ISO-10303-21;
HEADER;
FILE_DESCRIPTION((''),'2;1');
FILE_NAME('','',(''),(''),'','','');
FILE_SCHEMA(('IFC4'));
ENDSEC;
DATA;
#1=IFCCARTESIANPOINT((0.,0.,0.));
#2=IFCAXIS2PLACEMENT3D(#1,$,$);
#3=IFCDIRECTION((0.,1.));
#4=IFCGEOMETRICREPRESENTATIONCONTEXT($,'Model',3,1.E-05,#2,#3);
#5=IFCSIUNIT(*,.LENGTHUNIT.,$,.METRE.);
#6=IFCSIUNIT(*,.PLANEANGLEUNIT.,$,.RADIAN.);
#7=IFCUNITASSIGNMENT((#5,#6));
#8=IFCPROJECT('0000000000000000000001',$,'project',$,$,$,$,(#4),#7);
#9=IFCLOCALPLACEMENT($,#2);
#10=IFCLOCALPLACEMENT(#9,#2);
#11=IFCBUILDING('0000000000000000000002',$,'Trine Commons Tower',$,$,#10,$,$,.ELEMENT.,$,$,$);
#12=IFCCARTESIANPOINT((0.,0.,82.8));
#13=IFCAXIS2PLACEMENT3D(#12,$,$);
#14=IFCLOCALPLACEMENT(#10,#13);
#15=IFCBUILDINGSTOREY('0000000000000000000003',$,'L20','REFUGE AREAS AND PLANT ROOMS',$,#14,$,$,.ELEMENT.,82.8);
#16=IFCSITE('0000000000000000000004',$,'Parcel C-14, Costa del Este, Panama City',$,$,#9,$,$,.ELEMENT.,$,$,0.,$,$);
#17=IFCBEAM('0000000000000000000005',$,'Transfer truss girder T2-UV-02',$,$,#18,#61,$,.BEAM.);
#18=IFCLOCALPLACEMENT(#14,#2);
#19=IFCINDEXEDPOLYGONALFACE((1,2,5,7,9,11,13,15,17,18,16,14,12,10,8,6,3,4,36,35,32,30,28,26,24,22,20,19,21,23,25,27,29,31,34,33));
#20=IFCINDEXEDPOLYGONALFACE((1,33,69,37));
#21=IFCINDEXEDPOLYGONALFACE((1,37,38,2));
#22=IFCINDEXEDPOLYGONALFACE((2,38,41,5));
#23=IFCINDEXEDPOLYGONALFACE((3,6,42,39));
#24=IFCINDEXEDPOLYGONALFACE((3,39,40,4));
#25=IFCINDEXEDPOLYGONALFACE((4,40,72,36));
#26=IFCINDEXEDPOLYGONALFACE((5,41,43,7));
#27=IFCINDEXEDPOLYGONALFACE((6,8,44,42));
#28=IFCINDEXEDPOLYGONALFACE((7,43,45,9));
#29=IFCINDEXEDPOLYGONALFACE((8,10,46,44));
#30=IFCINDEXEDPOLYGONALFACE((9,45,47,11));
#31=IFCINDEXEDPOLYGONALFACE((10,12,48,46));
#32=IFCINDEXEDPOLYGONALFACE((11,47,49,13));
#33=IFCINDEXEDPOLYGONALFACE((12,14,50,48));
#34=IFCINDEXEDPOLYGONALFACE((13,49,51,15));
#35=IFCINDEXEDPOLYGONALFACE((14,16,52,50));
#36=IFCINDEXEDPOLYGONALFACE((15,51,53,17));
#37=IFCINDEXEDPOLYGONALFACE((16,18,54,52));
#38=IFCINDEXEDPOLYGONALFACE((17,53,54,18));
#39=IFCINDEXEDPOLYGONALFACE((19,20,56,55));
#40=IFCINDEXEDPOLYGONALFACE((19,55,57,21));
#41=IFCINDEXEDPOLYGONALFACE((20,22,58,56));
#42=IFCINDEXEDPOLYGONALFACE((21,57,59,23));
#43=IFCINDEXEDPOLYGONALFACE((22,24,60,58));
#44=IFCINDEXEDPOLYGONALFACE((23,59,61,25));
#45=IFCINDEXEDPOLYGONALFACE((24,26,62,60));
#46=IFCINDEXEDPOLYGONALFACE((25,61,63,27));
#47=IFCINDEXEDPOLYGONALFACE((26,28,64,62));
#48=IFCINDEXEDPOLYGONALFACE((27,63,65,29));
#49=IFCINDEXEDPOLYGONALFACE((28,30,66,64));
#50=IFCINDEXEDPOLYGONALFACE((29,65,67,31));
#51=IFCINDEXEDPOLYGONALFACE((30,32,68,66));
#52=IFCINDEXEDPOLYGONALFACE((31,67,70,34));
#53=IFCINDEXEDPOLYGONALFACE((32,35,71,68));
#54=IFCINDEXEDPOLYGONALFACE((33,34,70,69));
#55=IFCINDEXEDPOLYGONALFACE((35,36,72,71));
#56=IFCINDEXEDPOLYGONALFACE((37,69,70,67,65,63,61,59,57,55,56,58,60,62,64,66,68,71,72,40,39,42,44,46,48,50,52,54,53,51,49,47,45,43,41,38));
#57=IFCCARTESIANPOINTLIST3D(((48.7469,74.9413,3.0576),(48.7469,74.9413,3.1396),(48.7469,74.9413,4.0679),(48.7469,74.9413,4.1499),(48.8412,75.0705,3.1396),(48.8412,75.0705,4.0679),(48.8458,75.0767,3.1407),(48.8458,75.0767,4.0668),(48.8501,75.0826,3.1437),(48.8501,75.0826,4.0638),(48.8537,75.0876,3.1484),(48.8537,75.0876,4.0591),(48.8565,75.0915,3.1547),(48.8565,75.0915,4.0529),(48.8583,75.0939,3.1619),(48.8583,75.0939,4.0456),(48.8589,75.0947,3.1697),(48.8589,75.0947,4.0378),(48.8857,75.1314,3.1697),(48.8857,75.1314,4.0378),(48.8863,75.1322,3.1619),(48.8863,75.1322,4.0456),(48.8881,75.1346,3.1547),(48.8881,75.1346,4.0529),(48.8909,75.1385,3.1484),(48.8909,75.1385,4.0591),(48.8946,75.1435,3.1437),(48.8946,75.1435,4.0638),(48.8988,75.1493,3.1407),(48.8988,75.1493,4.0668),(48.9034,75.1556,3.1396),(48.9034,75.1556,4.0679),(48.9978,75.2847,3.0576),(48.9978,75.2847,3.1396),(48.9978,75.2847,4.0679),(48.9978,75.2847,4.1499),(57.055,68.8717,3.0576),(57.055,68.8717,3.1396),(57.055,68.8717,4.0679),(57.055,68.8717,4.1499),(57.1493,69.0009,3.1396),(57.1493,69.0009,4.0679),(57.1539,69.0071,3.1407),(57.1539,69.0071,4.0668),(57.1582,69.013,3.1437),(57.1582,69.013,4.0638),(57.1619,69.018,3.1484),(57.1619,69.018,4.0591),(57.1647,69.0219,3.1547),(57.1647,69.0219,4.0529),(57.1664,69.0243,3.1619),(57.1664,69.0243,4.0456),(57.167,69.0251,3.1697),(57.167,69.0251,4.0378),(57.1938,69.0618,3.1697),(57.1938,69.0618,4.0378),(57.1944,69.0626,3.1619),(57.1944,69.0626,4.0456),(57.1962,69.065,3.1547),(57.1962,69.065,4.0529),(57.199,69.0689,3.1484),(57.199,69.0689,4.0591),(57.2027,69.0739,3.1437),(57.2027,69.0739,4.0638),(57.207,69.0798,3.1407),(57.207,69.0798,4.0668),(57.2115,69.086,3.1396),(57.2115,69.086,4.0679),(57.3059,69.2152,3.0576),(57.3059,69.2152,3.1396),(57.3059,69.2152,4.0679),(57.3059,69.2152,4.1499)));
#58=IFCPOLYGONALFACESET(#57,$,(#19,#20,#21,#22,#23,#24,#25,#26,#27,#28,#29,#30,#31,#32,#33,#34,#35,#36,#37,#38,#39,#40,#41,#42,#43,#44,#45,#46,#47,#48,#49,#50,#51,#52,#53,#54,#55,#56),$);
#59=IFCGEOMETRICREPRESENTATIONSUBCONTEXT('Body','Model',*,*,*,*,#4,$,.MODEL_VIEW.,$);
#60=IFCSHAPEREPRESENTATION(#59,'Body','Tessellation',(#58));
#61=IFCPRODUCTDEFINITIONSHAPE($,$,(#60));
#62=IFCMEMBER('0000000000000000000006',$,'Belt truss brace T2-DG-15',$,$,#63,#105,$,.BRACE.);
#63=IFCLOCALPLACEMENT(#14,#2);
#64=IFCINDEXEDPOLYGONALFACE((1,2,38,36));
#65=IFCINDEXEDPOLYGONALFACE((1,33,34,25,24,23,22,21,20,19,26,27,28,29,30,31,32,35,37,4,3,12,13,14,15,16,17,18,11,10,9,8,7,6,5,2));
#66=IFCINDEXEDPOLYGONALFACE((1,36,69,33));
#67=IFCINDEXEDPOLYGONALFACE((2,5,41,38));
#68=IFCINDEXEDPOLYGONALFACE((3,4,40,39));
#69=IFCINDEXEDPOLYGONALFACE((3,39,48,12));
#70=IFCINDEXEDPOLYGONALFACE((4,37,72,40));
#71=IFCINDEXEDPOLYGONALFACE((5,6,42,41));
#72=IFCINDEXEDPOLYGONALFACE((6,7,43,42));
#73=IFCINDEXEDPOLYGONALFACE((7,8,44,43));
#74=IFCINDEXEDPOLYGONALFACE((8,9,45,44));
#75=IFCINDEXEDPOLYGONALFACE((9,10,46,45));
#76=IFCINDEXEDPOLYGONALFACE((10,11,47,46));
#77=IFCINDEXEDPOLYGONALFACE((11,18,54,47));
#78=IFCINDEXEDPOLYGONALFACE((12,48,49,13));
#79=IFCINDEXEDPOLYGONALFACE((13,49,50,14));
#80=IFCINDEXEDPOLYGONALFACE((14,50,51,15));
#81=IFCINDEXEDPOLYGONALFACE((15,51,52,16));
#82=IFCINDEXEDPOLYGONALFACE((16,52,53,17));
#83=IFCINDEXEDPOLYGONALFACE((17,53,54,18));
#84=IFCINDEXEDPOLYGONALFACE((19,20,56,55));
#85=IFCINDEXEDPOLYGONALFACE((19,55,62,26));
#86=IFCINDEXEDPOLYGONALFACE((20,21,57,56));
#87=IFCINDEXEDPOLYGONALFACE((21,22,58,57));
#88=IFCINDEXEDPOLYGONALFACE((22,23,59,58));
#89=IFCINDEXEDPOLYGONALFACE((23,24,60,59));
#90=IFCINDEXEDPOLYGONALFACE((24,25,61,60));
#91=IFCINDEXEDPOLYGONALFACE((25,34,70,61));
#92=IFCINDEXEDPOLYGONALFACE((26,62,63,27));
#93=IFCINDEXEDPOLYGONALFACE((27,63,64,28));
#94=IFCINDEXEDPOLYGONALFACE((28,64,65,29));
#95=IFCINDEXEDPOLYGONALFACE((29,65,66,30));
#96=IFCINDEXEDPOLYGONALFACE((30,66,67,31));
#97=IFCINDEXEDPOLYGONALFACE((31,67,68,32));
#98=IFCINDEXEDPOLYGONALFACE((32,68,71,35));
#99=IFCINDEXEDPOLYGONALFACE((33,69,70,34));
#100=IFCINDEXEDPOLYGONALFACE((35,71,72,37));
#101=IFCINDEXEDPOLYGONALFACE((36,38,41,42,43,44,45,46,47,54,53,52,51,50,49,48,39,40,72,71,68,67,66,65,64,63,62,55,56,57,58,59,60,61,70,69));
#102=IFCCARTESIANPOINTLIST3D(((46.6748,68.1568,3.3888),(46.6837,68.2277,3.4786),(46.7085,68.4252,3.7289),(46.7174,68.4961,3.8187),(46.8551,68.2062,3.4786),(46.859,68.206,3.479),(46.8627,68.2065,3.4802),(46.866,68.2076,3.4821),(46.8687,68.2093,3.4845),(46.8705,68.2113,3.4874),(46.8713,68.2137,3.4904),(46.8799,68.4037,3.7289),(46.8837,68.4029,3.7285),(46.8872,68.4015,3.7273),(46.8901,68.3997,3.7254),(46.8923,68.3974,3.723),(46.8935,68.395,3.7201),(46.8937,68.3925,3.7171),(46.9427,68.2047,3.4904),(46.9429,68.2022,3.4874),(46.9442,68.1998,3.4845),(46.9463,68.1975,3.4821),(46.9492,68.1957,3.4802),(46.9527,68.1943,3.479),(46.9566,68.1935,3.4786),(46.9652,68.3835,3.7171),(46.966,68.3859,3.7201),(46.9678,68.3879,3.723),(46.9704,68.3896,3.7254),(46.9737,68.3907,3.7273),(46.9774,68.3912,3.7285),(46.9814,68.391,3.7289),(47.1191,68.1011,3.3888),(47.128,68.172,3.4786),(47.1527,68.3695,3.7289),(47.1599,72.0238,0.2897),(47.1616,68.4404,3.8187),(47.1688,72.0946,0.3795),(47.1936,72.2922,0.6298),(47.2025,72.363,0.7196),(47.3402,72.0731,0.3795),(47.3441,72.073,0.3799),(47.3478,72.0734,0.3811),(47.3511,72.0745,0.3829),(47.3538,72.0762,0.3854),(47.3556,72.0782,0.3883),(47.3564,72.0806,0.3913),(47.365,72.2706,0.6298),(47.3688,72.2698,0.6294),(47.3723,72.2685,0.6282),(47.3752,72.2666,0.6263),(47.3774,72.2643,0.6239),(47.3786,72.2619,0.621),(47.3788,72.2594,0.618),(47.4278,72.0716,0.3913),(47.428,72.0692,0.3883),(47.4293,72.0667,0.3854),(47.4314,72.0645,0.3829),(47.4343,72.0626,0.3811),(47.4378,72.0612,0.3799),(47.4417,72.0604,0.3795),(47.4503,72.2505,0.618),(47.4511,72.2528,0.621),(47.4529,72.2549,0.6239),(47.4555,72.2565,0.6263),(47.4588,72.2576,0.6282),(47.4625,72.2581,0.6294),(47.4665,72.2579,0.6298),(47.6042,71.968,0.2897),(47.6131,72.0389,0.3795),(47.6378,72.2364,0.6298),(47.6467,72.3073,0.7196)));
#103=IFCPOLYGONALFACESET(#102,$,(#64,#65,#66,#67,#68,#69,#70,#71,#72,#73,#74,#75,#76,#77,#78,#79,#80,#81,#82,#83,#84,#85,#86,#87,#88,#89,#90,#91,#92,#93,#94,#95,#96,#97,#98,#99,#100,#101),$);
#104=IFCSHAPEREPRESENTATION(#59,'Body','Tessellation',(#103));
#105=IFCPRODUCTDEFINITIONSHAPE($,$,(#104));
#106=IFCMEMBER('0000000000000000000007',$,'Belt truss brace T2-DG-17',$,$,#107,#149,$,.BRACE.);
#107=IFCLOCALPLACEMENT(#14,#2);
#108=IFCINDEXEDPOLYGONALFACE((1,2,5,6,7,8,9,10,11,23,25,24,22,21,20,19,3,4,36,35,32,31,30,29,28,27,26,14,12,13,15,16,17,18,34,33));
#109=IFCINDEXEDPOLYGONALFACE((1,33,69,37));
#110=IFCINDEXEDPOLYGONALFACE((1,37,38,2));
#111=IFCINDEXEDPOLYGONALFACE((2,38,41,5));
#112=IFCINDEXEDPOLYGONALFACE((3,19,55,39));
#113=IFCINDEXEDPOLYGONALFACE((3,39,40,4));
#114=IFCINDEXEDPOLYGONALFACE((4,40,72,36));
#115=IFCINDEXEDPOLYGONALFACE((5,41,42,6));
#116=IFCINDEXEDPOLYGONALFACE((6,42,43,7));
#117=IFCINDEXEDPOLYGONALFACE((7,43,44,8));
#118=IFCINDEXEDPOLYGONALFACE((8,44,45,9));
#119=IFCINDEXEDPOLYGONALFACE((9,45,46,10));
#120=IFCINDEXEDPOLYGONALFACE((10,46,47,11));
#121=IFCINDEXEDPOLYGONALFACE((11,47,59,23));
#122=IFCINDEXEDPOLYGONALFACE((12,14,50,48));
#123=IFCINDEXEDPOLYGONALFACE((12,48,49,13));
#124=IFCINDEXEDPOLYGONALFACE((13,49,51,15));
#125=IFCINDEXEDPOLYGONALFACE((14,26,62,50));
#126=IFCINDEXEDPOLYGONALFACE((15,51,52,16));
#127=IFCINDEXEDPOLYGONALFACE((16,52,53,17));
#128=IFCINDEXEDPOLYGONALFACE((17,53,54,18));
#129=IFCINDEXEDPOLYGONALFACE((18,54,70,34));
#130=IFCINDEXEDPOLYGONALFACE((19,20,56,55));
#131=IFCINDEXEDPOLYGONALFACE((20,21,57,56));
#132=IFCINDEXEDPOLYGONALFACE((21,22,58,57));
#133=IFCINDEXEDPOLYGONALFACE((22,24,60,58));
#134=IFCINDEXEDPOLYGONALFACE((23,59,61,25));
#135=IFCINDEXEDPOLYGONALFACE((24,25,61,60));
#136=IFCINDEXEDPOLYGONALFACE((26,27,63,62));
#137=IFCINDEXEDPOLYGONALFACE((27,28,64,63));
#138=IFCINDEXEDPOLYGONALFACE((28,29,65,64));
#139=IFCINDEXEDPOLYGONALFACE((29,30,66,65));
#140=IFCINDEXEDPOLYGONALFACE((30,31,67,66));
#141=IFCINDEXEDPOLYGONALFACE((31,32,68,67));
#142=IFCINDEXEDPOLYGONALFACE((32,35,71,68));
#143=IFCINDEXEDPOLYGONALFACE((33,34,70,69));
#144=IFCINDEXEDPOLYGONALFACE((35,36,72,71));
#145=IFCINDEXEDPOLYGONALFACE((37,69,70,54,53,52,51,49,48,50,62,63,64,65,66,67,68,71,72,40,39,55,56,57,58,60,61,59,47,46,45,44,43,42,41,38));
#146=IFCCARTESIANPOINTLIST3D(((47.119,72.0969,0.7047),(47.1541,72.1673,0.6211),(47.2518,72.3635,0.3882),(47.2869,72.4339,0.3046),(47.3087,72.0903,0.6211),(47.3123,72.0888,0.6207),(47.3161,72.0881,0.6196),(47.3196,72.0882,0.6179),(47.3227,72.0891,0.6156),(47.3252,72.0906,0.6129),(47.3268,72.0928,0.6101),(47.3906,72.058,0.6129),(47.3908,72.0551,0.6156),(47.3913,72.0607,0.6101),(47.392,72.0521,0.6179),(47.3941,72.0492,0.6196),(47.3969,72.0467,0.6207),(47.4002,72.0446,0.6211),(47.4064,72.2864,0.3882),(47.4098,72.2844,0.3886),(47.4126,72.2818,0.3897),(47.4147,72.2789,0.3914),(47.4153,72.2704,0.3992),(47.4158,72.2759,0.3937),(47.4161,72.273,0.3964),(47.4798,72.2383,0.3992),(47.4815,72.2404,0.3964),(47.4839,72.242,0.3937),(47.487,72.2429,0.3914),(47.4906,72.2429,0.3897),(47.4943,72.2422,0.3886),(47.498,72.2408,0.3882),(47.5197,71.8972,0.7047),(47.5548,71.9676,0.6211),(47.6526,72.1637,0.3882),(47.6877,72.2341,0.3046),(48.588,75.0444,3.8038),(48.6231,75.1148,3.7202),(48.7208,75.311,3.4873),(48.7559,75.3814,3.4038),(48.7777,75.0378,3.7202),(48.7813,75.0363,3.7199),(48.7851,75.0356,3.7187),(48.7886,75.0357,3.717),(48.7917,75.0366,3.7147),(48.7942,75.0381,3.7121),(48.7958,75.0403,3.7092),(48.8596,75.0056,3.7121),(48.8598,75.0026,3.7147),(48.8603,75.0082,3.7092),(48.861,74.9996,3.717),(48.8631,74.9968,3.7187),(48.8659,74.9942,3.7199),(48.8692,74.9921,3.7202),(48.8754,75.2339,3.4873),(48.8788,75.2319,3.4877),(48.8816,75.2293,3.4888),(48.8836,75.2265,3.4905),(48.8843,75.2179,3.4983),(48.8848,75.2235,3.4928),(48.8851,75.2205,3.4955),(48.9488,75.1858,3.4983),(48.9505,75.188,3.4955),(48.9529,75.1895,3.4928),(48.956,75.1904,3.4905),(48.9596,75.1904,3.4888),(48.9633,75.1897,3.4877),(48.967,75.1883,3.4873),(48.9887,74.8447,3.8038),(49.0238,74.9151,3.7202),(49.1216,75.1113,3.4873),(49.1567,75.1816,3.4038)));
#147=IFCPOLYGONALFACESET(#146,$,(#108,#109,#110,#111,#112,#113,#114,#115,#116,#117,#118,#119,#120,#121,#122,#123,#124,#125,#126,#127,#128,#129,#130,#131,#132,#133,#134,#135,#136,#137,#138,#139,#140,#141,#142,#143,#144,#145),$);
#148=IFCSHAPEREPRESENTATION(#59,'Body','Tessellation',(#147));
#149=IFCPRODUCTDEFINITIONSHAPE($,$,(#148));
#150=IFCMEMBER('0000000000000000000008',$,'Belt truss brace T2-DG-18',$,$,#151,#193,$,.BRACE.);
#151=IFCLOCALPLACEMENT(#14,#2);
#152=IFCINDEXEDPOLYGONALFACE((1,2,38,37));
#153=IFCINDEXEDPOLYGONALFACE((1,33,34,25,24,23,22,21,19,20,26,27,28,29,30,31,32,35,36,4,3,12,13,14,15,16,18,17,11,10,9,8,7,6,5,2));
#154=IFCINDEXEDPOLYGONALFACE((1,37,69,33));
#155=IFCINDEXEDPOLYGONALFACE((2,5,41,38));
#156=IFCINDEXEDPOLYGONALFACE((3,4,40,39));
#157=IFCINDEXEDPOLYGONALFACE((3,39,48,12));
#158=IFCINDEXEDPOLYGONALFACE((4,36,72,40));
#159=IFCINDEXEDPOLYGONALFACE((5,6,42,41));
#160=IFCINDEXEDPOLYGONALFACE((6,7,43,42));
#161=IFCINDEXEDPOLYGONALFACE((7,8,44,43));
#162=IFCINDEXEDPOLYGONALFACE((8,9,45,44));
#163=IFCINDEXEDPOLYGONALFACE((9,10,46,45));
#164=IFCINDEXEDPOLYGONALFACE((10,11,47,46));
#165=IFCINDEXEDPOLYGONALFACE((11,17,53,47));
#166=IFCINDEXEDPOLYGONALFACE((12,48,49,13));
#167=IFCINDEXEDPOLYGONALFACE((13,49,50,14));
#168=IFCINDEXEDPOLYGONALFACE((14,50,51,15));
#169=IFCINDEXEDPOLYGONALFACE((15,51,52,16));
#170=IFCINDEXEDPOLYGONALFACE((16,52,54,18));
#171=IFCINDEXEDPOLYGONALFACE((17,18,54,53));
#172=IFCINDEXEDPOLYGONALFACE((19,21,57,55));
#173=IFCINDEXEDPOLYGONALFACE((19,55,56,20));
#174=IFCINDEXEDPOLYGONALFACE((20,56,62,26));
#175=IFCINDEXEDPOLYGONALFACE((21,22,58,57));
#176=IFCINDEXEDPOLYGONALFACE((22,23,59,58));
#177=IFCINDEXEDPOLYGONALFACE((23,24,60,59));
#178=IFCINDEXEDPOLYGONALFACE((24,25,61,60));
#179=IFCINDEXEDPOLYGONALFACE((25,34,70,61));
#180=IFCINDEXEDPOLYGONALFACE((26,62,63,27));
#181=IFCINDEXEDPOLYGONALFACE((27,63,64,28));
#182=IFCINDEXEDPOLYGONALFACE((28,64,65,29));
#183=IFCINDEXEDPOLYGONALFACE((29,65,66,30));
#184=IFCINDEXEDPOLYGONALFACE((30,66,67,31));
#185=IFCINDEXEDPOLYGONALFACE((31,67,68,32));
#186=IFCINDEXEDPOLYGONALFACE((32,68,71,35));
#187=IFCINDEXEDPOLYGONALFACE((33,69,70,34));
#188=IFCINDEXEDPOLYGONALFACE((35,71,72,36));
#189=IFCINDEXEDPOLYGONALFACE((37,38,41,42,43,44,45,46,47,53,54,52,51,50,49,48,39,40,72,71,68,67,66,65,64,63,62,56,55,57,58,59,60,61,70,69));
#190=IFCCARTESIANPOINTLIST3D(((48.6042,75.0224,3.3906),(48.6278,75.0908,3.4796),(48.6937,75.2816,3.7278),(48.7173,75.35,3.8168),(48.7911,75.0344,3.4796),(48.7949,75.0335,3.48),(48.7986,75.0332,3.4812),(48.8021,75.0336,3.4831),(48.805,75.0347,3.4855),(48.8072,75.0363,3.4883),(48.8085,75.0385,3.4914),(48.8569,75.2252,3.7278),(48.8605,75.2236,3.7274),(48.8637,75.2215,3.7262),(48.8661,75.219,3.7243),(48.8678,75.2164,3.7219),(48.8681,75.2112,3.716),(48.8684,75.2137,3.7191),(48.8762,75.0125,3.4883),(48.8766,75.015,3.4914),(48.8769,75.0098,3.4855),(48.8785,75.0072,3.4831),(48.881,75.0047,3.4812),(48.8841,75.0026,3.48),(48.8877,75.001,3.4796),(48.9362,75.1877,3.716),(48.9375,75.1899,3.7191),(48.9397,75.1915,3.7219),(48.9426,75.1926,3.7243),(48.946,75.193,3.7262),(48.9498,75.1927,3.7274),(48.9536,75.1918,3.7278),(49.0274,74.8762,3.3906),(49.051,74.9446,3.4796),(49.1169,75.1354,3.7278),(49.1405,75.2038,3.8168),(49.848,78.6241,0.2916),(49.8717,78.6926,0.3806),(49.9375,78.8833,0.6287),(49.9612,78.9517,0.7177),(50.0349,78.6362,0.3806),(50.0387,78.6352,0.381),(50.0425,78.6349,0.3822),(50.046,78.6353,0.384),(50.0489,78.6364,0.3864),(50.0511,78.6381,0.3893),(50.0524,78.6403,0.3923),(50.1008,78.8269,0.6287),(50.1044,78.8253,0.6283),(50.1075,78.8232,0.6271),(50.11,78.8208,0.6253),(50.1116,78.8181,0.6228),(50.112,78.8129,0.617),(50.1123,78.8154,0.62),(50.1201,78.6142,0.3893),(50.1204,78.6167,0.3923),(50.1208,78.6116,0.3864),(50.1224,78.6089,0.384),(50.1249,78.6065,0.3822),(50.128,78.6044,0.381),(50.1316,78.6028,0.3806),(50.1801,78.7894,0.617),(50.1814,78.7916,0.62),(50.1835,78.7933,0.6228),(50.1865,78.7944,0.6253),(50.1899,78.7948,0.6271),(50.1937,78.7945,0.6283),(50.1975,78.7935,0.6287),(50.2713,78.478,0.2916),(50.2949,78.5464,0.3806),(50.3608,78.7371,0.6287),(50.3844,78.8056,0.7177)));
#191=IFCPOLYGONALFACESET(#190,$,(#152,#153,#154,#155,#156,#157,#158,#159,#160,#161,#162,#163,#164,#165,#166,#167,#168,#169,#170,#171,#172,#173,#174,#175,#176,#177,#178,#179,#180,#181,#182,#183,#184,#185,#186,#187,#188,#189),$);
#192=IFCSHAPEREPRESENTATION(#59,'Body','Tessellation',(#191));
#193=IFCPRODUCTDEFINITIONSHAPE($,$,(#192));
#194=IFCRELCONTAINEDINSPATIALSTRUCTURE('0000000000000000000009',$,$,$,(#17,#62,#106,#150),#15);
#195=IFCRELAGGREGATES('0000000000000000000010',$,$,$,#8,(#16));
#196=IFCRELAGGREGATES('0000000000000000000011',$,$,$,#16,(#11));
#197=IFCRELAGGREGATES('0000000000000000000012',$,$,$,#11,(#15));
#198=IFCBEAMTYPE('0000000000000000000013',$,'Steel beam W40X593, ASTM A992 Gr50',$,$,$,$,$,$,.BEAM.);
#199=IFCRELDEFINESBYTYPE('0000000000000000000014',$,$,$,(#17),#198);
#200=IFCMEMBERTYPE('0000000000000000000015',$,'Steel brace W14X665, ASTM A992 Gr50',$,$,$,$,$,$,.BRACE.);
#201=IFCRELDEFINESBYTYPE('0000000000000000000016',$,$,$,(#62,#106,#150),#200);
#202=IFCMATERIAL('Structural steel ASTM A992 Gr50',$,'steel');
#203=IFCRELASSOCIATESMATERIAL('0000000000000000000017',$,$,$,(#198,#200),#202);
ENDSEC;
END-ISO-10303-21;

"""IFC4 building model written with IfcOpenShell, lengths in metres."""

from ifc_helpers import new_model, si_unit, direction, frame, origin, origin_2d, place, context, subcontext, project, spatial, i_section, extrude, material, material_profile, profile_set, type_object, element, save


model = new_model("IFC4")

# Units and contexts
model_context = context("Model", 3, precision=1e-05, world=origin(), true_north=direction((0.0, 1.0)))
body_context = subcontext(model_context, "Body", "Model", "MODEL_VIEW")
ifc_project = project(units=[si_unit("LENGTHUNIT", "METRE"), si_unit("PLANEANGLEUNIT", "RADIAN")], contexts=[model_context])

# Site, building, storey
site_placement = place(None, origin())
site = spatial("IfcSite", under=ifc_project, at=site_placement, Name="Parcel C-14, Costa del Este, Panama City", CompositionType="ELEMENT", RefElevation=0.0)
building_placement = place(site_placement, origin())
building = spatial("IfcBuilding", under=site, at=building_placement, Name="Trine Commons Tower", CompositionType="ELEMENT")
storey_placement = place(building_placement, frame((0.0, 0.0, 82.8)))
storey = spatial("IfcBuildingStorey", under=building, at=storey_placement, Name="L20", Description="REFUGE AREAS AND PLANT ROOMS", CompositionType="ELEMENT", Elevation=82.8)

# Beam
ifc_material_1 = material(Name="Structural steel ASTM A992 Gr50", Category="steel")
ifc_material_profile_1 = material_profile(ifc_material_1, i_section(OverallWidth=0.4253, OverallDepth=1.0923, WebThickness=0.0454, FlangeThickness=0.082, FilletRadius=0.03, at=origin_2d()), Name="W40X593")
ifc_profile_set_1 = profile_set([ifc_material_profile_1], Name="Structural steel ASTM A992 Gr50")
beam_type = type_object("IfcBeamType", Name="Steel beam W40X593, ASTM A992 Gr50", PredefinedType="BEAM", material=ifc_profile_set_1)
beam_placement = place(storey_placement, frame((48.8723, 75.113, 3.6038), z_axis=(0.807471, -0.589907, 0.0), x_axis=(0.589907, 0.807471, 0.0)))
element("IfcBeam", 1, at=beam_placement, inside=storey, type_object=beam_type, Name="Transfer truss girder T2-UV-02", PredefinedType="BEAM", context=body_context, shape_type="SweptSolid", body=[
    extrude(i_section(OverallWidth=0.4253, OverallDepth=1.0923, WebThickness=0.0454, FlangeThickness=0.082, FilletRadius=0.03, at=origin_2d()), origin(), (0.0, 0.0, 1.0), 10.2891),
])

# Members
ifc_material_profile_2 = material_profile(ifc_material_1, i_section(OverallWidth=0.4478, OverallDepth=0.5493, WebThickness=0.072, FlangeThickness=0.1147, FilletRadius=0.0151, at=origin_2d()), Name="W14X665")
ifc_profile_set_2 = profile_set([ifc_material_profile_2], Name="Structural steel ASTM A992 Gr50")
member_type_1 = type_object("IfcMemberType", Name="Steel brace W14X665, ASTM A992 Gr50", PredefinedType="BRACE", material=ifc_profile_set_2)
member_1_placement = place(storey_placement, frame((47.4033, 72.1655, 0.5046), z_axis=(-0.097425, -0.776608, 0.622405), x_axis=(0.992223, -0.124474, 0.0)))
element("IfcMember", 2, at=member_1_placement, inside=storey, type_object=member_type_1, Name="Belt truss brace T2-DG-15", PredefinedType="BRACE", context=body_context, shape_type="SweptSolid", body=[
    extrude(i_section(OverallWidth=0.4478, OverallDepth=0.5493, WebThickness=0.072, FlangeThickness=0.1147, FilletRadius=0.0151, at=origin_2d()), origin(), (0.0, 0.0, 1.0), 4.9792),
])
member_2_placement = place(storey_placement, frame((47.4033, 72.1655, 0.5046), z_axis=(0.32484, 0.651786, 0.685312), x_axis=(-0.895005, 0.446057, 0.0)))
element("IfcMember", 3, at=member_2_placement, inside=storey, type_object=member_type_1, Name="Belt truss brace T2-DG-17", PredefinedType="BRACE", context=body_context, shape_type="SweptSolid", body=[
    extrude(i_section(OverallWidth=0.4478, OverallDepth=0.5493, WebThickness=0.072, FlangeThickness=0.1147, FilletRadius=0.0151, at=origin_2d()), origin(), (0.0, 0.0, 1.0), 4.5222),
])
member_3_placement = place(storey_placement, frame((50.1162, 78.7148, 0.5046), z_axis=(-0.253251, -0.733311, 0.630967), x_axis=(0.94522, -0.326435, 0.0)))
element("IfcMember", 4, at=member_3_placement, inside=storey, type_object=member_type_1, Name="Belt truss brace T2-DG-18", PredefinedType="BRACE", context=body_context, shape_type="SweptSolid", body=[
    extrude(i_section(OverallWidth=0.4478, OverallDepth=0.5493, WebThickness=0.072, FlangeThickness=0.1147, FilletRadius=0.0151, at=origin_2d()), origin(), (0.0, 0.0, 1.0), 4.9116),
])

save(model, "model.ifc")
